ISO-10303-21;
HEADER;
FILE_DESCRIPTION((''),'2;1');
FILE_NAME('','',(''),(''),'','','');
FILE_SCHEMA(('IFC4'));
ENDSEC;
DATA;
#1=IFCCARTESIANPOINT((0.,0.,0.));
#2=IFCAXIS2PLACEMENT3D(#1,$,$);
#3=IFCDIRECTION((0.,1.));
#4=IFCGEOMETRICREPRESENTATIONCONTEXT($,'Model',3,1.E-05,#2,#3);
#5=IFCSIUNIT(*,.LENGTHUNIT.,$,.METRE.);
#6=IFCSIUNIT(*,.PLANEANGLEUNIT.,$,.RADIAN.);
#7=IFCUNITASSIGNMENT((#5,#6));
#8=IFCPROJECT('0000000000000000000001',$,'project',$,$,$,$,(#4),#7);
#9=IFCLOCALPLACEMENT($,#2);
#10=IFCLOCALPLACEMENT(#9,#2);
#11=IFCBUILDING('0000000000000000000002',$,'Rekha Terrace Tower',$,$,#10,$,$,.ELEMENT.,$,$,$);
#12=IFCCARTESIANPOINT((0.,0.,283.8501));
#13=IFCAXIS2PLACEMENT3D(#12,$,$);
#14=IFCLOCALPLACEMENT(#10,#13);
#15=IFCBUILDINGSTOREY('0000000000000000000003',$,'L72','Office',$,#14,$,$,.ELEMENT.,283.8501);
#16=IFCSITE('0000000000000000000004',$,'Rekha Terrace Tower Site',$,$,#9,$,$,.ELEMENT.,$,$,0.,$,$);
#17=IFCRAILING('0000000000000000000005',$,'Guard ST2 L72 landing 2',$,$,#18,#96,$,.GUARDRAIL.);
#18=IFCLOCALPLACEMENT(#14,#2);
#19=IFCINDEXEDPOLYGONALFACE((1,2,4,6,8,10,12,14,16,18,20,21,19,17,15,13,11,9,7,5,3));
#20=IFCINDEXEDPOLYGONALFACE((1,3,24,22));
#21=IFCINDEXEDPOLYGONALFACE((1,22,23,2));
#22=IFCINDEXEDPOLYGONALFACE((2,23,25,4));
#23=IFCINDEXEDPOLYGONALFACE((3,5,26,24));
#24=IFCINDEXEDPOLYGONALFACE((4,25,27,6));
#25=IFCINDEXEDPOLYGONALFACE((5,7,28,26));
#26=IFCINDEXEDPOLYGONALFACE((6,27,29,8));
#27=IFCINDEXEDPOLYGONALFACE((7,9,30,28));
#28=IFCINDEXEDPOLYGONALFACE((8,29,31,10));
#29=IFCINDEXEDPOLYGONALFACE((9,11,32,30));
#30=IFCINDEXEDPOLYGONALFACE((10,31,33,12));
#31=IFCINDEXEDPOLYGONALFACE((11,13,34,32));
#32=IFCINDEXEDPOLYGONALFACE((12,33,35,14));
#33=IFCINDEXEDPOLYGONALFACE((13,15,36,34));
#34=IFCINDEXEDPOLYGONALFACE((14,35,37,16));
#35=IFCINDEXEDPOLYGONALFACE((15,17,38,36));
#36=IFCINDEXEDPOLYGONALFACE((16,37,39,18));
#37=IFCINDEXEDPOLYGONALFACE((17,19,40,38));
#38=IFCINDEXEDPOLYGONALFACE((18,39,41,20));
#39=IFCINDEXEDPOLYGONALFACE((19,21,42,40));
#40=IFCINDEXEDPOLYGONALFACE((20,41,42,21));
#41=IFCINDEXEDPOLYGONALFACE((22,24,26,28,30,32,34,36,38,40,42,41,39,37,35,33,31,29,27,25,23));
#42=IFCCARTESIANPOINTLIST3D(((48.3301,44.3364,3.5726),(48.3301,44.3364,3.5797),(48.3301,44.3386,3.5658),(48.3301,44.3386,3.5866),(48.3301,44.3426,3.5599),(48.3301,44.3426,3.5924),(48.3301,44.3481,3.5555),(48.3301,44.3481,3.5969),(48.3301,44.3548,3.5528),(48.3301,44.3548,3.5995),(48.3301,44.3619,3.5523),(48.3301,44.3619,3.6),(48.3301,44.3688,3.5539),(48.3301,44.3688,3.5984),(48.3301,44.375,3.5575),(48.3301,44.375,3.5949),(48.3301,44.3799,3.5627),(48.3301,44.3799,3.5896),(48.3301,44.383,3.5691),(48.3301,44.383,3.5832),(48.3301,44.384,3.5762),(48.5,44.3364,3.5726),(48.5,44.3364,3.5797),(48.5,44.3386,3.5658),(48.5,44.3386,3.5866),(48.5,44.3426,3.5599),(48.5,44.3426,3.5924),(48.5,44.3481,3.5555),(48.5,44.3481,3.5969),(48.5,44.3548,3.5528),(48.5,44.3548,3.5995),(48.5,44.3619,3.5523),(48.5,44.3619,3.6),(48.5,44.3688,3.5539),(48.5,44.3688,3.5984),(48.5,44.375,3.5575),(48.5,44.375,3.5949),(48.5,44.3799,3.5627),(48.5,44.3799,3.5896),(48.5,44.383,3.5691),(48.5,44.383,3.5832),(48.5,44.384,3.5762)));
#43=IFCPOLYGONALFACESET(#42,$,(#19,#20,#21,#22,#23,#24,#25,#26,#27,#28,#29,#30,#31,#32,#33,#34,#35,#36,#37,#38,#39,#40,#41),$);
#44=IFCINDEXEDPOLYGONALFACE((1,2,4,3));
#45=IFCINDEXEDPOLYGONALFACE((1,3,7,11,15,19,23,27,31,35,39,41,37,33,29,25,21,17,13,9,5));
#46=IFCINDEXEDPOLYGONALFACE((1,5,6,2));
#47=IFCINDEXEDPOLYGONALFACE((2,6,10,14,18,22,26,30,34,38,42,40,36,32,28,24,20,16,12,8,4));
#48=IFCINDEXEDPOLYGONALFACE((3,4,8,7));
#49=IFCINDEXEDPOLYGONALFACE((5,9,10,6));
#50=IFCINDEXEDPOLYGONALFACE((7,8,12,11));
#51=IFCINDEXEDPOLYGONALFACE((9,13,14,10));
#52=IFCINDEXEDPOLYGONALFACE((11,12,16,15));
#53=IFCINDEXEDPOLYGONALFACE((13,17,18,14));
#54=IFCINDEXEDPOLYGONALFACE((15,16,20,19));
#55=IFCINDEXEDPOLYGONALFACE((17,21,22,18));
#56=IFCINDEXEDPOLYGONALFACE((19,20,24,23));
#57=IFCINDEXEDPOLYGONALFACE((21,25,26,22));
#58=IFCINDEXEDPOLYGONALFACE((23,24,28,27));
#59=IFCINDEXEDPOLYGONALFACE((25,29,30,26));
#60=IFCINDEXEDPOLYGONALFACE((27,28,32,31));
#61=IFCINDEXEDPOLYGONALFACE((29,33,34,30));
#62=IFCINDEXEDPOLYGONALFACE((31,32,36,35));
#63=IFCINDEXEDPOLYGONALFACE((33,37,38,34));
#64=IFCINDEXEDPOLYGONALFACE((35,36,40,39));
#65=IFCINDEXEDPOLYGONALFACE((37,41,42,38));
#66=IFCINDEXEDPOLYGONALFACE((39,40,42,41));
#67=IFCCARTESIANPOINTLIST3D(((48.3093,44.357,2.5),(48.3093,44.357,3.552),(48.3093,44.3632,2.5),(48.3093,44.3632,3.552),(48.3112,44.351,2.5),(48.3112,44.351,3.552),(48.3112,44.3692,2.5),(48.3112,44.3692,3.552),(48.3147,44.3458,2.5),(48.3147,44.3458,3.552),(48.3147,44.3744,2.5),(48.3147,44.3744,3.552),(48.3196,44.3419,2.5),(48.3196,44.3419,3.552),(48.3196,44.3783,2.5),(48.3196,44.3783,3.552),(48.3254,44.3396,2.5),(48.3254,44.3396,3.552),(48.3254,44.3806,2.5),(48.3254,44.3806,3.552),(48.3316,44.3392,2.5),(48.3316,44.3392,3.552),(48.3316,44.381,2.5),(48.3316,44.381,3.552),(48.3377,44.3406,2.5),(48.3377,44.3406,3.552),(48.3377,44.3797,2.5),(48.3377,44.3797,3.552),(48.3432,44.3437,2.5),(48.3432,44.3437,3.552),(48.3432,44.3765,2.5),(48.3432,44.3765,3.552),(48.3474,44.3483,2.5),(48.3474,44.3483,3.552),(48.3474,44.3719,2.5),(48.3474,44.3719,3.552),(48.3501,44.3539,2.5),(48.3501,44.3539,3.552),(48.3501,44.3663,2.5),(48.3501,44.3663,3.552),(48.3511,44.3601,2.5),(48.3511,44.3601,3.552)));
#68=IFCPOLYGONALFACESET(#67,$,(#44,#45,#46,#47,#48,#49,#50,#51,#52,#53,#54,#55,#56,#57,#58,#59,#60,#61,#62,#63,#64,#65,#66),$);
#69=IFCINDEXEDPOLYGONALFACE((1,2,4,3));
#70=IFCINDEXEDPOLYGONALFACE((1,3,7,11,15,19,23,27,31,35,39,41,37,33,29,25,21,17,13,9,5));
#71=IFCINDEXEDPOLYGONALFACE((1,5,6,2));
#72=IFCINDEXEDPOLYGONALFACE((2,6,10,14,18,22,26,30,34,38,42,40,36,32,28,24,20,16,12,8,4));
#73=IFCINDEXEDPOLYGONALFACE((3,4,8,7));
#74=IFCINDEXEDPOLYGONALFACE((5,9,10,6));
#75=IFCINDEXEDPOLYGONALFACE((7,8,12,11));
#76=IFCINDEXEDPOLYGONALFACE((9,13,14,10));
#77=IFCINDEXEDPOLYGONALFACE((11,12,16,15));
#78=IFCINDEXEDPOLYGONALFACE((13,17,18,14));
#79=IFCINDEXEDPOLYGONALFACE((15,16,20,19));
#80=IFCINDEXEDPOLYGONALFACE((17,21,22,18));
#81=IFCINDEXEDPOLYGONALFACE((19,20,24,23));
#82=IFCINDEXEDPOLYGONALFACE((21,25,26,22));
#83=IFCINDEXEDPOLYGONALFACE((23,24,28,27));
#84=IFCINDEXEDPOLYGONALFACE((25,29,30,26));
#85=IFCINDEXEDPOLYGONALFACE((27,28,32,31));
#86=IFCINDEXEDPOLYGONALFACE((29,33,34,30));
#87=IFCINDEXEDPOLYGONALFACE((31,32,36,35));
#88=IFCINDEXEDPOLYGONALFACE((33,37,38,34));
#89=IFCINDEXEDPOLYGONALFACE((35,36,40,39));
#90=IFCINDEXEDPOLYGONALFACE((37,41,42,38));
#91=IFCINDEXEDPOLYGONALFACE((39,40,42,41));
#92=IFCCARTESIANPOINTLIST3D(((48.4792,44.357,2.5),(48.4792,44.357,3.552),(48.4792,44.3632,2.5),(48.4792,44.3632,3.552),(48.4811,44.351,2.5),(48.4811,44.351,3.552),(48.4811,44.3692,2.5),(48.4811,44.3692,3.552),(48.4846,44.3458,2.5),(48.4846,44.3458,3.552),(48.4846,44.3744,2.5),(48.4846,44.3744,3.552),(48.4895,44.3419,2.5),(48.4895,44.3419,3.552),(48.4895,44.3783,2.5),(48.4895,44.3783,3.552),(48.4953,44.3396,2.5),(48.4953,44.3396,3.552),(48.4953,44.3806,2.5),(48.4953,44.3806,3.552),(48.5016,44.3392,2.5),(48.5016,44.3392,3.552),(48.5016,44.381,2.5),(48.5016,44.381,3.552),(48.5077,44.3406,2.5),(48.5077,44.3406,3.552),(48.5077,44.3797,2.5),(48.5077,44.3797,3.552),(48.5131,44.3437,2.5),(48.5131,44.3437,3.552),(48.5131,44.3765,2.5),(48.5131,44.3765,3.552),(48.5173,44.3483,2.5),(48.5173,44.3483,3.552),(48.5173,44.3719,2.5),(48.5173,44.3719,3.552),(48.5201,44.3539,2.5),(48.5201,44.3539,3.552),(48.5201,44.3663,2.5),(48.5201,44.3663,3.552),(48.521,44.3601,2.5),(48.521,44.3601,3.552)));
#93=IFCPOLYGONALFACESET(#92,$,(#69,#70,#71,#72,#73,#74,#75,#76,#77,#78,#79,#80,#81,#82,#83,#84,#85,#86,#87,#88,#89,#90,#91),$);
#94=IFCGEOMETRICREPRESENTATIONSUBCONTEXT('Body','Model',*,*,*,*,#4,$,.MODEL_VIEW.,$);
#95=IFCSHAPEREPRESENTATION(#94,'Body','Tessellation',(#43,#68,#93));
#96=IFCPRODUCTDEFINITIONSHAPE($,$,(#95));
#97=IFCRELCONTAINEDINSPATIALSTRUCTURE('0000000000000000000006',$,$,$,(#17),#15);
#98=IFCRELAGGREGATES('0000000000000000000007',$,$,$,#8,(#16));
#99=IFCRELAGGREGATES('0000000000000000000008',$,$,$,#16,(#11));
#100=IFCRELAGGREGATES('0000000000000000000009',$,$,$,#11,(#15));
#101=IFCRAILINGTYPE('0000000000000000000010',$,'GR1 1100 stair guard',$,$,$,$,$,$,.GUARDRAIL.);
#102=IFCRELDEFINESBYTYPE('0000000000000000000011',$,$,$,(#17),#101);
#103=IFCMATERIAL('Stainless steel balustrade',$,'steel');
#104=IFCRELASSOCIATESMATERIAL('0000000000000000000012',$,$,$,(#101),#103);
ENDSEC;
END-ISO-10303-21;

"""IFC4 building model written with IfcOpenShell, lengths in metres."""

from ifc_helpers import new_model, si_unit, direction, frame, origin, origin_2d, place, context, subcontext, project, spatial, circle, extrude, material, type_object, element, save


model = new_model("IFC4")

# Units and contexts
model_context = context("Model", 3, precision=1e-05, world=origin(), true_north=direction((0.0, 1.0)))
body_context = subcontext(model_context, "Body", "Model", "MODEL_VIEW")
ifc_project = project(units=[si_unit("LENGTHUNIT", "METRE"), si_unit("PLANEANGLEUNIT", "RADIAN")], contexts=[model_context])

# Site, building, storey
site_placement = place(None, origin())
site = spatial("IfcSite", under=ifc_project, at=site_placement, Name="Rekha Terrace Tower Site", CompositionType="ELEMENT", RefElevation=0.0)
building_placement = place(site_placement, origin())
building = spatial("IfcBuilding", under=site, at=building_placement, Name="Rekha Terrace Tower", CompositionType="ELEMENT")
storey_placement = place(building_placement, frame((0.0, 0.0, 283.8501)))
storey = spatial("IfcBuildingStorey", under=building, at=storey_placement, Name="L72", Description="Office", CompositionType="ELEMENT", Elevation=283.8501)

# Railing
ifc_material_1 = material(Name="Stainless steel balustrade", Category="steel")
railing_type_1 = type_object("IfcRailingType", Name="GR1 1100 stair guard", PredefinedType="GUARDRAIL", material=ifc_material_1)
railing_1_placement = place(storey_placement, frame((48.3301, 44.3601, 2.5)))
element("IfcRailing", 1, at=railing_1_placement, inside=storey, type_object=railing_type_1, Name="Guard ST2 L72 landing 2", PredefinedType="GUARDRAIL", context=body_context, shape_type="SweptSolid", body=[
    extrude(circle(Radius=0.0239, at=origin_2d()), frame((0.0, 0.0, 1.0762), z_axis=(1.0, 0.0, 0.0), x_axis=(0.0, 1.0, 0.0)), (0.0, 0.0, 1.0), 0.1699),
    extrude(circle(Radius=0.021, at=origin_2d()), origin(), (0.0, 0.0, 1.0), 1.052),
    extrude(circle(Radius=0.021, at=origin_2d()), frame((0.1699, 0.0, 0.0)), (0.0, 0.0, 1.0), 1.052),
])

save(model, "model.ifc")
